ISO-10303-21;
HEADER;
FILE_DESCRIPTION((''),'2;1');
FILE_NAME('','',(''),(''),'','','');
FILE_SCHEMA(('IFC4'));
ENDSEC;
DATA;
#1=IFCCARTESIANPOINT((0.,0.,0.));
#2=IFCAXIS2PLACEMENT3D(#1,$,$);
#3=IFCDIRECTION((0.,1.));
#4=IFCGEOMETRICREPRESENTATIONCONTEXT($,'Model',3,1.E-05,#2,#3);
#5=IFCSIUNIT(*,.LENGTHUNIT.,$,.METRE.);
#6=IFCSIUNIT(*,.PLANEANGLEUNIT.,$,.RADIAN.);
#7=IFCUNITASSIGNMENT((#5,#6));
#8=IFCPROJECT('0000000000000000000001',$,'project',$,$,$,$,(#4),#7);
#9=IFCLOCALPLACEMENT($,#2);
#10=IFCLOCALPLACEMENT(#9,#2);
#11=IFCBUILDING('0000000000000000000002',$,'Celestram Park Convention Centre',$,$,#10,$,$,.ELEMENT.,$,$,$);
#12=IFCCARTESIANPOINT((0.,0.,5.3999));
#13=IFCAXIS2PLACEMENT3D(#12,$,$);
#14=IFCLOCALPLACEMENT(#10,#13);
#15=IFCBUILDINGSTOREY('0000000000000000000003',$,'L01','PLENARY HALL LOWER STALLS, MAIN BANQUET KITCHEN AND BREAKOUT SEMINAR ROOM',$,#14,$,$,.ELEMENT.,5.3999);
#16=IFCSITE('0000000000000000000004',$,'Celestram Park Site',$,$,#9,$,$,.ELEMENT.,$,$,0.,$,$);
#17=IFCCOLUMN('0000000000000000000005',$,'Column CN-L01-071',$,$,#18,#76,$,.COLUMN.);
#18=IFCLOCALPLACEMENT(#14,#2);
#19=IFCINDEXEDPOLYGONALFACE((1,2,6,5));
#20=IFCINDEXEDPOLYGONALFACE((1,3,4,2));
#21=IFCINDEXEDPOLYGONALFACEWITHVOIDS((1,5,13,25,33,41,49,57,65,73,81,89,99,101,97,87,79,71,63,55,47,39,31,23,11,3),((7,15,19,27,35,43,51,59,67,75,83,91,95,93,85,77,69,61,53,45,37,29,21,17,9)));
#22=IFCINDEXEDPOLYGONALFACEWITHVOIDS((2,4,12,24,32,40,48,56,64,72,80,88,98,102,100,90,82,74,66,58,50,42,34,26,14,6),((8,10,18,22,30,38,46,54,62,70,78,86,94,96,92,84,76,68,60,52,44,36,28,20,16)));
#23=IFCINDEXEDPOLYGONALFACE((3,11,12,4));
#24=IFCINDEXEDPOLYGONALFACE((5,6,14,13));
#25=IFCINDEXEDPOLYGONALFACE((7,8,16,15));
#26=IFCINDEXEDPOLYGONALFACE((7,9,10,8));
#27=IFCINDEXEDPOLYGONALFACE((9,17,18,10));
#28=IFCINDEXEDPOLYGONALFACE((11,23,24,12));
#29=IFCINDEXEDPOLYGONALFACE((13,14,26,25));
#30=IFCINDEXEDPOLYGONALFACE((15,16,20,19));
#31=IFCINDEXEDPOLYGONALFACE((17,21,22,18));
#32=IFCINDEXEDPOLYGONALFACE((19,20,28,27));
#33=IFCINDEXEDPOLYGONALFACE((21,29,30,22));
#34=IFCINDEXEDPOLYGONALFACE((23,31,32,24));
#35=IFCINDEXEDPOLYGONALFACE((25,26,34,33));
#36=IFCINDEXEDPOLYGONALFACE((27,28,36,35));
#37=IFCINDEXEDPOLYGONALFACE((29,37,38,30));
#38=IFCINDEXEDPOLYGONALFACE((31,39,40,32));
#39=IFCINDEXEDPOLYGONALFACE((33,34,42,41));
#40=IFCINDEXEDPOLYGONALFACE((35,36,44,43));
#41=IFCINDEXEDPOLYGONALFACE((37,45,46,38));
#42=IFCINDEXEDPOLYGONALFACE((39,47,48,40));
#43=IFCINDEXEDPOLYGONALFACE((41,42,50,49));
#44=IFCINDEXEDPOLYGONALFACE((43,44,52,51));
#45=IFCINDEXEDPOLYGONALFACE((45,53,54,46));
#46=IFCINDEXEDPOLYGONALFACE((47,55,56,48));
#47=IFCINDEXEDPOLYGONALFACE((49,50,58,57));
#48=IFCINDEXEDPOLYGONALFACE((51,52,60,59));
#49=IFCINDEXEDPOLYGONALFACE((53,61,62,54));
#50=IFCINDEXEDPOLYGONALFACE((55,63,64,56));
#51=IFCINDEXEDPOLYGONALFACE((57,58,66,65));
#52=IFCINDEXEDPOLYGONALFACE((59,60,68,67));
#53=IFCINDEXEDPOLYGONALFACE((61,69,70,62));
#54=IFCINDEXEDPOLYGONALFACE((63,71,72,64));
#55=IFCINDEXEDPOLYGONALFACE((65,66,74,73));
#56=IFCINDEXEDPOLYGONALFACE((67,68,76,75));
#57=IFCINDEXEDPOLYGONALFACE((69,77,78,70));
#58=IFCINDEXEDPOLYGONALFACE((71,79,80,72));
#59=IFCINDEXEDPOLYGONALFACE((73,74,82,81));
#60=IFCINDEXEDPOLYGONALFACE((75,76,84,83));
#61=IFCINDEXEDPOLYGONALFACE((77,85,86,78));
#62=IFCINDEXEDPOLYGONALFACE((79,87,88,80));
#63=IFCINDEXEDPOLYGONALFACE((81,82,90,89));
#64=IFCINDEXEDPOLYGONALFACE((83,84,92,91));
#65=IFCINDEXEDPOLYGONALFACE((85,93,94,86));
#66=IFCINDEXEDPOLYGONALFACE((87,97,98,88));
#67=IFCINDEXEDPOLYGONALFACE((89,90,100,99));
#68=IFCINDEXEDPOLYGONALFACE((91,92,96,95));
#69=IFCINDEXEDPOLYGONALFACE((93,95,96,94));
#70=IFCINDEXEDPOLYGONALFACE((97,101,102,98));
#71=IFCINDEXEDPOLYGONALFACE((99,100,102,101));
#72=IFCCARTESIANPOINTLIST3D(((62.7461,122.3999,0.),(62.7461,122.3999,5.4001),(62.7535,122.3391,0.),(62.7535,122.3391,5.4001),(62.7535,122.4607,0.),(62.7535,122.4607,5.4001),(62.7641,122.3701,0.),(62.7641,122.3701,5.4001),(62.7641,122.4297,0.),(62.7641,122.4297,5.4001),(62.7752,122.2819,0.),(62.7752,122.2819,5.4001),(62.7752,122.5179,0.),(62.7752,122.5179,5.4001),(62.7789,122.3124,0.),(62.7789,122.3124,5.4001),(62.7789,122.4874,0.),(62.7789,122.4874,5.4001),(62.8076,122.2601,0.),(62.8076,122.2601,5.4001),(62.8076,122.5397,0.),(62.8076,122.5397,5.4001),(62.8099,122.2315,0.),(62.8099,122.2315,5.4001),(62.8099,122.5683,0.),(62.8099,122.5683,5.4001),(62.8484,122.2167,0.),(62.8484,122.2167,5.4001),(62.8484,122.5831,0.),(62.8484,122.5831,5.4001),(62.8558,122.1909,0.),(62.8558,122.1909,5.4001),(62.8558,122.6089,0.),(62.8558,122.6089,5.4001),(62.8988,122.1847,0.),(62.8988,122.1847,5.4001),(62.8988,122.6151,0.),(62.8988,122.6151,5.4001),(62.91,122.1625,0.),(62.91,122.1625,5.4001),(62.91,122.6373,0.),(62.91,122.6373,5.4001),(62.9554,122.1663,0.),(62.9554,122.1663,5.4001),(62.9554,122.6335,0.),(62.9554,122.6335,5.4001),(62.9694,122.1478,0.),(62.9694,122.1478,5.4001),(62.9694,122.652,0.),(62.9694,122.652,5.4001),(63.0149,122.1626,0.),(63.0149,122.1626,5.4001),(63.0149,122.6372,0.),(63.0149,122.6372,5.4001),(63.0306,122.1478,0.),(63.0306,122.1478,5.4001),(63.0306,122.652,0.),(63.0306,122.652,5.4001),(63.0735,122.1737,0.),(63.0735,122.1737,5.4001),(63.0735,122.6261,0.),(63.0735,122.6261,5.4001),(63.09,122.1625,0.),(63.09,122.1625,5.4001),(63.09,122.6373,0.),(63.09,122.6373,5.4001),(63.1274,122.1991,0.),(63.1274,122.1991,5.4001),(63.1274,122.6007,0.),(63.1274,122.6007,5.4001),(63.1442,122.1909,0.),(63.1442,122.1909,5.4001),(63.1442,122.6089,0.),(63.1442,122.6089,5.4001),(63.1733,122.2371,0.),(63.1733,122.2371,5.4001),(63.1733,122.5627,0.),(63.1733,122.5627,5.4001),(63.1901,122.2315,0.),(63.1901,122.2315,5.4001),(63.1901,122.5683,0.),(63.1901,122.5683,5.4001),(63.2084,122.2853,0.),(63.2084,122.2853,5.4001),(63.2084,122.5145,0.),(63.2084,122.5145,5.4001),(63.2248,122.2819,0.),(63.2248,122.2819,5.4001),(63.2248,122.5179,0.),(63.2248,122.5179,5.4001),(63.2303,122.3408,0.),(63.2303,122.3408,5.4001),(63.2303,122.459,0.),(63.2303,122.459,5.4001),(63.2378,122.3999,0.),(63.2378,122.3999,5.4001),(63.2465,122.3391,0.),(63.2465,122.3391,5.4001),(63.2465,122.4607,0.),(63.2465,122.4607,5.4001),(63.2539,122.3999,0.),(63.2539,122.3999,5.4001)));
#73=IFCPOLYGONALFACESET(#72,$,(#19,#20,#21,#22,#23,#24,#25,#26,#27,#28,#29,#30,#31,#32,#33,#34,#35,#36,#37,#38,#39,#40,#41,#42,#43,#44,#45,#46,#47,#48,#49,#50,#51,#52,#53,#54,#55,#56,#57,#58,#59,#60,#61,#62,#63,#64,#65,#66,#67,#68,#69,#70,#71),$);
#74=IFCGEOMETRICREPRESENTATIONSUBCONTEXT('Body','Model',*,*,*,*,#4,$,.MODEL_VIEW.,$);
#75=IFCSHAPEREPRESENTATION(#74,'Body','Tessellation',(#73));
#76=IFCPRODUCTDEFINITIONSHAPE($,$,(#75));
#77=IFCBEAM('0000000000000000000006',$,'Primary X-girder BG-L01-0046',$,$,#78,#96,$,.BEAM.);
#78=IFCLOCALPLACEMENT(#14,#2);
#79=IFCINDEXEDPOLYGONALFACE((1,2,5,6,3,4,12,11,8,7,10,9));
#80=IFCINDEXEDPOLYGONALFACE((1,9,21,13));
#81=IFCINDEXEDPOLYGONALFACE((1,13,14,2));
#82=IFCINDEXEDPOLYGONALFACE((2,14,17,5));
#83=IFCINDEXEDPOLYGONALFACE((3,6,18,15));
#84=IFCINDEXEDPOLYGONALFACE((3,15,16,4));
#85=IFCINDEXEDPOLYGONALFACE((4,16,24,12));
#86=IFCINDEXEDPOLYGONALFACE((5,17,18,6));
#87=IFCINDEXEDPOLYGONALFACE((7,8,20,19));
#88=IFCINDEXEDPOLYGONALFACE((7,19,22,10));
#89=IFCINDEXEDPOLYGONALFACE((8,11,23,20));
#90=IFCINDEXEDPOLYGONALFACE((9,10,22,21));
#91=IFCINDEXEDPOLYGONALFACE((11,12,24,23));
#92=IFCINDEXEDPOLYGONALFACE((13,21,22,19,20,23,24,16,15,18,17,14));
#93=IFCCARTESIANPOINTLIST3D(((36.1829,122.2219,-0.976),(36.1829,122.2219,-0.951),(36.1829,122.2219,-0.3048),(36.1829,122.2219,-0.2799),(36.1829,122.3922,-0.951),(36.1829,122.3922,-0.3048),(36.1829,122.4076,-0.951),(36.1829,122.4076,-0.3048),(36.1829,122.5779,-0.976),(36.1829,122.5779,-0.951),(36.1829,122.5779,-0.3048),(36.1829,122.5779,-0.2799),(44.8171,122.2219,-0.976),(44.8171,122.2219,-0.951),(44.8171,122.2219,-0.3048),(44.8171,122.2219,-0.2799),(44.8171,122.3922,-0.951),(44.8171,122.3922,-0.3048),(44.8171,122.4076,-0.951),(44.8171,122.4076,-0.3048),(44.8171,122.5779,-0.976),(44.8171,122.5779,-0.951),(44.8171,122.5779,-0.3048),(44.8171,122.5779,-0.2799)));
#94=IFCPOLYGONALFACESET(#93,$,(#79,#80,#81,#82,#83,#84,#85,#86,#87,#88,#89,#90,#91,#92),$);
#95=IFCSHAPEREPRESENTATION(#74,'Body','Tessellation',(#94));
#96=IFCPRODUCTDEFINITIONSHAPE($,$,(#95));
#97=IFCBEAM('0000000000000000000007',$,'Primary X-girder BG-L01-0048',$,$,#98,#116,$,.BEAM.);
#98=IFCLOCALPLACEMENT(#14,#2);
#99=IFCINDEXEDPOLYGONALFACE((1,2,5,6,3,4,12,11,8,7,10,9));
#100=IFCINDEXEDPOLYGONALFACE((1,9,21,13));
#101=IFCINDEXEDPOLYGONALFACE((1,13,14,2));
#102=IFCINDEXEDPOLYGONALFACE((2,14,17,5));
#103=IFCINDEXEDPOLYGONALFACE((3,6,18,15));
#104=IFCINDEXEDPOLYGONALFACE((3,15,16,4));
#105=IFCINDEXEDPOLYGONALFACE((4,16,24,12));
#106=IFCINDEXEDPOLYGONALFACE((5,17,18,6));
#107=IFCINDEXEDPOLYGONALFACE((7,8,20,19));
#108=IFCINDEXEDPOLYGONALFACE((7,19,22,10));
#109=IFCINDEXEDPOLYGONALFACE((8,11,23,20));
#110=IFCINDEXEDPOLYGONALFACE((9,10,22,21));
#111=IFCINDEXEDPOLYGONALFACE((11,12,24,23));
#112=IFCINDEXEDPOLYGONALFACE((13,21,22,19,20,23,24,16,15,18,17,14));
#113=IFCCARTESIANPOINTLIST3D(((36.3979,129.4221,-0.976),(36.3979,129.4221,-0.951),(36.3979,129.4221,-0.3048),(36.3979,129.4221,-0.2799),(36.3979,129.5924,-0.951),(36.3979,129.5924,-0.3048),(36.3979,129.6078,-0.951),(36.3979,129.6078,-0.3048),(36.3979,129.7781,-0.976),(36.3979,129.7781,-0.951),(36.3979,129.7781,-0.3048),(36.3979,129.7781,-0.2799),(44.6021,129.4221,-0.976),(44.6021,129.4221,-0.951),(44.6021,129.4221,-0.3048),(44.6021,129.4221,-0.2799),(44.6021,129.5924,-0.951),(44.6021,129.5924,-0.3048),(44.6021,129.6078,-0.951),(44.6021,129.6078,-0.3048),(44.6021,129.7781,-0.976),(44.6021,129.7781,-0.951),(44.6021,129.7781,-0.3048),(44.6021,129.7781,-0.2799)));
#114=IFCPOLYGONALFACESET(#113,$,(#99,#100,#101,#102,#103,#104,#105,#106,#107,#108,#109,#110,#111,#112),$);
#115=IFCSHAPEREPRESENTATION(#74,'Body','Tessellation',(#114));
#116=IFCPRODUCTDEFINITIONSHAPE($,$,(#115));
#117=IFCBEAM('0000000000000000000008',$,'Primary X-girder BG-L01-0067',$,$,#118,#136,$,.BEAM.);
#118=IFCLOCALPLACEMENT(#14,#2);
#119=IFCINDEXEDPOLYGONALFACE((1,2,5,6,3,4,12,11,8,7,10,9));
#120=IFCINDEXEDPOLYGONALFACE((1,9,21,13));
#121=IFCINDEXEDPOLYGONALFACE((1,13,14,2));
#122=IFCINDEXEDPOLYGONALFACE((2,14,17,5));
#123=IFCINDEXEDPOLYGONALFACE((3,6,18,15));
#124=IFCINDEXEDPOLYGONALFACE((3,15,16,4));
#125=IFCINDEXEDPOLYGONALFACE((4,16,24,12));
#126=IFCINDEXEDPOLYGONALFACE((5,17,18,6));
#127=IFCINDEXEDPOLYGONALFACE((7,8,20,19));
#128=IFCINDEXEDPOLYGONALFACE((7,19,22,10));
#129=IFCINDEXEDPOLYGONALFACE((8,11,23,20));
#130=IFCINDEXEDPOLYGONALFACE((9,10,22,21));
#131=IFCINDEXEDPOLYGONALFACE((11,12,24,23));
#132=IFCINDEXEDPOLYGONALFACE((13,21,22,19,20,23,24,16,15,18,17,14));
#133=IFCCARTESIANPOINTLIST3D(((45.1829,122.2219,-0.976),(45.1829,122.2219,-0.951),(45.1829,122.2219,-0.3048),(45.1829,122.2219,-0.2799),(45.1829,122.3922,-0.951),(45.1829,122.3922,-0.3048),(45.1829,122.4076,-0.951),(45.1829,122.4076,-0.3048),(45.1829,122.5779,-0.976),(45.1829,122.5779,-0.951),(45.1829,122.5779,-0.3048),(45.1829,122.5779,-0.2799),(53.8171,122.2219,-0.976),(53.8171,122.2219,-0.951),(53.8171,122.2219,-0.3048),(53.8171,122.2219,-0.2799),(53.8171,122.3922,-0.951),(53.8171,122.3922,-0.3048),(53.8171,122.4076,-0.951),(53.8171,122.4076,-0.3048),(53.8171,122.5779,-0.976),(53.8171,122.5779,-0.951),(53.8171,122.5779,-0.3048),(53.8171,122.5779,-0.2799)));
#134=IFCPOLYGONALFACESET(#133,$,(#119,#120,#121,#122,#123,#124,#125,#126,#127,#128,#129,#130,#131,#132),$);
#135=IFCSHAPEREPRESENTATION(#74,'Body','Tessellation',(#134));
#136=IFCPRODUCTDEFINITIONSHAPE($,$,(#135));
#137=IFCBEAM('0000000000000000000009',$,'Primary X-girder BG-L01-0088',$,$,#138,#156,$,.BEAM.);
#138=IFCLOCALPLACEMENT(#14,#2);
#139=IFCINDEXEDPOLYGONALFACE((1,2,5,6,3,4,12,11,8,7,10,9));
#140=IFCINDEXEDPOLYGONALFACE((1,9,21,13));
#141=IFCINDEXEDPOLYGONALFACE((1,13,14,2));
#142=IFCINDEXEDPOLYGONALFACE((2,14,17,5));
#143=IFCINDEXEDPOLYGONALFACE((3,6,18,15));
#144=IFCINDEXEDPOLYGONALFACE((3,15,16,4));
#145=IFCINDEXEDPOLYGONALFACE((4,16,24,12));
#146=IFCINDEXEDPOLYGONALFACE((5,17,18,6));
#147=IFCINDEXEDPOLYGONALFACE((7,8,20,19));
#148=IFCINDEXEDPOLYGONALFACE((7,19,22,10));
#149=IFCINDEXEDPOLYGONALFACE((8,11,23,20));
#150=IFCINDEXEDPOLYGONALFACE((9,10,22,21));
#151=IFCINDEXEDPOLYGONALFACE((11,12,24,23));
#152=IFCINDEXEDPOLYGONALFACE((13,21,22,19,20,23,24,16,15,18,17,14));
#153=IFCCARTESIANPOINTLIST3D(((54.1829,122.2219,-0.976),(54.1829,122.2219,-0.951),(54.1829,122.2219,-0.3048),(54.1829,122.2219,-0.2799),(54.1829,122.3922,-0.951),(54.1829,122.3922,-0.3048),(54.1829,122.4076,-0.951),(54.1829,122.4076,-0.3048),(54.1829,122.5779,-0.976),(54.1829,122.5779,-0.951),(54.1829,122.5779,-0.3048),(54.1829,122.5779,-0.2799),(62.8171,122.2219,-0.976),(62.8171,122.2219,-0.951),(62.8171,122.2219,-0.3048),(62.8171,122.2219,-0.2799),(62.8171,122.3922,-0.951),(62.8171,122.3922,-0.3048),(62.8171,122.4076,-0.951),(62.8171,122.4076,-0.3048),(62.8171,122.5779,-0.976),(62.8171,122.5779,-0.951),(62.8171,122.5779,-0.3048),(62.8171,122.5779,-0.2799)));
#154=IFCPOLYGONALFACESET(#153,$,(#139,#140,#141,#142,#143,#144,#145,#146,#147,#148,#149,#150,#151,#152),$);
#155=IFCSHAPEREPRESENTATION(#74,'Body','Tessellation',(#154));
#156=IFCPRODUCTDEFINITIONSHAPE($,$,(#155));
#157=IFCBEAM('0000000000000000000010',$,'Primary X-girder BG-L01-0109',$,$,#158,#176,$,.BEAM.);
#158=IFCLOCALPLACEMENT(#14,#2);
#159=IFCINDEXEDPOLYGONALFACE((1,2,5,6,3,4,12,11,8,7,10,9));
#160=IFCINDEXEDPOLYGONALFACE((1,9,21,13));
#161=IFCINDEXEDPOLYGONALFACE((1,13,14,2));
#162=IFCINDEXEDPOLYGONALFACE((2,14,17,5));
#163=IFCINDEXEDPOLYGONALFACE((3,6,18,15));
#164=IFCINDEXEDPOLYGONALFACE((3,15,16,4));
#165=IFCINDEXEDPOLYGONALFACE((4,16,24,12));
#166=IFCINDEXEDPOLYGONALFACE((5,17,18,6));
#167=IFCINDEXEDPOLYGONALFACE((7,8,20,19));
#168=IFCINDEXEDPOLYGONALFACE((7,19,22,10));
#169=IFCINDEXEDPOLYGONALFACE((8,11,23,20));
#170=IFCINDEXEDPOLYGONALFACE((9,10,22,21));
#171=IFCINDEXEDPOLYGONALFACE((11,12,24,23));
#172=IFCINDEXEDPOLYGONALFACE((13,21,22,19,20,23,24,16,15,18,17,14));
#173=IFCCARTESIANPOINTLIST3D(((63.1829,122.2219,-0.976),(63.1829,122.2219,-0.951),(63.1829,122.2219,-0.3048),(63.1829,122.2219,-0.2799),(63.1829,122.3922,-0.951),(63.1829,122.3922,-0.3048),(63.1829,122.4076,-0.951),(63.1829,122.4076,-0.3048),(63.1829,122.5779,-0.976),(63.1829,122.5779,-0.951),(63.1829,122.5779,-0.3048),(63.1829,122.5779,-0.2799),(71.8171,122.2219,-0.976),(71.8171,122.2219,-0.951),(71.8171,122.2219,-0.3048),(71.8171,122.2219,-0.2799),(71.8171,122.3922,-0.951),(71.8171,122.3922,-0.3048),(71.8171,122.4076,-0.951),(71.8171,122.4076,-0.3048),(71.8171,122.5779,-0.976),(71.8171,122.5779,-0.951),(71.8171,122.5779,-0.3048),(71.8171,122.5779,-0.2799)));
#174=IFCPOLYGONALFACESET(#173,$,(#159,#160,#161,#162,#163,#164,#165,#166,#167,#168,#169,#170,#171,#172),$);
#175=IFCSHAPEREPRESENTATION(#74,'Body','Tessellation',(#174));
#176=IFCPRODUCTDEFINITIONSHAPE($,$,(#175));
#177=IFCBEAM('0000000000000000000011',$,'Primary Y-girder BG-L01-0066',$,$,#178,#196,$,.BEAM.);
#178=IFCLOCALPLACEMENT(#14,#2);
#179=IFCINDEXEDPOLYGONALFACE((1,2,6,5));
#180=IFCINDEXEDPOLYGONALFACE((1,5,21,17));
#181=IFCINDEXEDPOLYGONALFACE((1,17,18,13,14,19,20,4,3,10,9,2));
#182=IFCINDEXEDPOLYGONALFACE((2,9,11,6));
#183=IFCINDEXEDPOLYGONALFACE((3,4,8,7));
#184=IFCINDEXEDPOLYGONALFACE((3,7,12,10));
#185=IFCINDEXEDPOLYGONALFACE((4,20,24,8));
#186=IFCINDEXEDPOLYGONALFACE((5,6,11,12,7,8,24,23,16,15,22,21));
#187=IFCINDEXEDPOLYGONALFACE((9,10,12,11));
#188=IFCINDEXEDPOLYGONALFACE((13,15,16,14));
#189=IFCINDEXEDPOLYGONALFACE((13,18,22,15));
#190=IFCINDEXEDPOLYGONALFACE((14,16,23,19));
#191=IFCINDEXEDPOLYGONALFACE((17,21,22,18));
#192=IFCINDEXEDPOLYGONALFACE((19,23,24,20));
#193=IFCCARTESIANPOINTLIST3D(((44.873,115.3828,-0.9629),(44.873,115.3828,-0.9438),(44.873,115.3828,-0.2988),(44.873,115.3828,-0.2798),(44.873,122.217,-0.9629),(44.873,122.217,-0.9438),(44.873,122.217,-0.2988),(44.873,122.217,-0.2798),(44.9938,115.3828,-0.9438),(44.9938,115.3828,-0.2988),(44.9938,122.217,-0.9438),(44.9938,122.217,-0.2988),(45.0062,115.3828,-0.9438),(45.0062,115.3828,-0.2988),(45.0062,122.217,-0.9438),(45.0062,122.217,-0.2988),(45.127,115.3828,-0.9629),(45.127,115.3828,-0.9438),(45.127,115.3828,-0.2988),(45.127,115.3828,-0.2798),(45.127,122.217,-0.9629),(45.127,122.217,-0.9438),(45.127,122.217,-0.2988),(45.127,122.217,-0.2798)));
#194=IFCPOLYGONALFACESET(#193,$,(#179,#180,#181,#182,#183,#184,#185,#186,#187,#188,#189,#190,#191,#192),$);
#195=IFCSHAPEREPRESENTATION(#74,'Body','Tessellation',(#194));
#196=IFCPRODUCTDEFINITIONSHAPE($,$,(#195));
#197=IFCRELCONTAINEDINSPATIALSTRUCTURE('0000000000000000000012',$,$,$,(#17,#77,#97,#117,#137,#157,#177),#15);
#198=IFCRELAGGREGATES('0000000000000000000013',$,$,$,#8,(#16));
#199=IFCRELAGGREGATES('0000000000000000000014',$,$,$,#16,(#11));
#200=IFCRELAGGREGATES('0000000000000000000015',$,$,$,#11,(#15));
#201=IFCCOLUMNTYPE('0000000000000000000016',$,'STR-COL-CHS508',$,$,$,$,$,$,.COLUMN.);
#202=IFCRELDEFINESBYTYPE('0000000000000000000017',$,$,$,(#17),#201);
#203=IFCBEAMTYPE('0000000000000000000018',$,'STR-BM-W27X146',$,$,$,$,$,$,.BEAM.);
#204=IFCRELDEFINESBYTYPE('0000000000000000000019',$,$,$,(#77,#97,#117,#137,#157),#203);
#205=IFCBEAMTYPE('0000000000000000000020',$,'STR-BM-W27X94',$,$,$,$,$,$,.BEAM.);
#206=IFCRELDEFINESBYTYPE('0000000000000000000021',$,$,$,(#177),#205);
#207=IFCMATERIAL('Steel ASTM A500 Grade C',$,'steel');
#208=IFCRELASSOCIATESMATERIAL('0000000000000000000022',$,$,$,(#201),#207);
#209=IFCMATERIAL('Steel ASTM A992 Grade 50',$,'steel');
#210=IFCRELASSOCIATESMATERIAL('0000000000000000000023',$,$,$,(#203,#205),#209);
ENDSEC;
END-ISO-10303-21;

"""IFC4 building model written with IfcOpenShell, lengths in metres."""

from ifc_helpers import new_model, si_unit, direction, frame, origin, origin_2d, place, context, subcontext, project, spatial, hollow_circle, i_section, extrude, material, material_profile, profile_set, type_object, element, save


model = new_model("IFC4")

# Units and contexts
model_context = context("Model", 3, precision=1e-05, world=origin(), true_north=direction((0.0, 1.0)))
body_context = subcontext(model_context, "Body", "Model", "MODEL_VIEW")
ifc_project = project(units=[si_unit("LENGTHUNIT", "METRE"), si_unit("PLANEANGLEUNIT", "RADIAN")], contexts=[model_context])

# Site, building, storey
site_placement = place(None, origin())
site = spatial("IfcSite", under=ifc_project, at=site_placement, Name="Celestram Park Site", CompositionType="ELEMENT", RefElevation=0.0)
building_placement = place(site_placement, origin())
building = spatial("IfcBuilding", under=site, at=building_placement, Name="Celestram Park Convention Centre", CompositionType="ELEMENT")
storey_placement = place(building_placement, frame((0.0, 0.0, 5.3999)))
storey = spatial("IfcBuildingStorey", under=building, at=storey_placement, Name="L01", Description="PLENARY HALL LOWER STALLS, MAIN BANQUET KITCHEN AND BREAKOUT SEMINAR ROOM", CompositionType="ELEMENT", Elevation=5.3999)

# Column
ifc_material_1 = material(Name="Steel ASTM A500 Grade C", Category="steel")
ifc_material_profile_1 = material_profile(ifc_material_1, hollow_circle(Radius=0.2539, WallThickness=0.0161, at=origin_2d()), Name="CHS508X16")
ifc_profile_set_1 = profile_set([ifc_material_profile_1], Name="Steel ASTM A500 Grade C")
column_type = type_object("IfcColumnType", Name="STR-COL-CHS508", PredefinedType="COLUMN", material=ifc_profile_set_1)
for number, where, z_axis, x_axis, name in (
    (1, (63.0, 122.3999, 0.0), (0.0, 0.0, 1.0), (1.0, 0.0, 0.0), "Column CN-L01-071"),
):
    element("IfcColumn", number, at=place(storey_placement, frame(where, z_axis=z_axis, x_axis=x_axis)), inside=storey, type_object=column_type, Name=name, PredefinedType="COLUMN", context=body_context, shape_type="SweptSolid", body=[
        extrude(hollow_circle(Radius=0.2539, WallThickness=0.0161, at=origin_2d()), origin(), (0.0, 0.0, 1.0), 5.4001),
    ])

# Beams
ifc_material_2 = material(Name="Steel ASTM A992 Grade 50", Category="steel")
ifc_material_profile_2 = material_profile(ifc_material_2, i_section(OverallWidth=0.356, OverallDepth=0.696, WebThickness=0.0154, FlangeThickness=0.0249, at=origin_2d()), Name="W27X146")
ifc_profile_set_2 = profile_set([ifc_material_profile_2], Name="Steel ASTM A992 Grade 50")
beam_type_1 = type_object("IfcBeamType", Name="STR-BM-W27X146", PredefinedType="BEAM", material=ifc_profile_set_2)
beam_1_placement = place(storey_placement, frame((36.1829, 122.3999, -0.6279), z_axis=(1.0, 0.0, 0.0), x_axis=(0.0, 1.0, 0.0)))
element("IfcBeam", 2, at=beam_1_placement, inside=storey, type_object=beam_type_1, Name="Primary X-girder BG-L01-0046", PredefinedType="BEAM", context=body_context, shape_type="SweptSolid", body=[
    extrude(i_section(OverallWidth=0.356, OverallDepth=0.696, WebThickness=0.0154, FlangeThickness=0.0249, at=origin_2d()), origin(), (0.0, 0.0, 1.0), 8.6343),
])
beam_2_placement = place(storey_placement, frame((36.3979, 129.6001, -0.6279), z_axis=(1.0, 0.0, 0.0), x_axis=(0.0, 1.0, 0.0)))
element("IfcBeam", 3, at=beam_2_placement, inside=storey, type_object=beam_type_1, Name="Primary X-girder BG-L01-0048", PredefinedType="BEAM", context=body_context, shape_type="SweptSolid", body=[
    extrude(i_section(OverallWidth=0.356, OverallDepth=0.696, WebThickness=0.0154, FlangeThickness=0.0249, at=origin_2d()), origin(), (0.0, 0.0, 1.0), 8.2041),
])
for number, where, z_axis, x_axis, name in (
    (4, (45.1829, 122.3999, -0.6279), (1.0, 0.0, 0.0), (0.0, 1.0, 0.0), "Primary X-girder BG-L01-0067"),
    (5, (54.1829, 122.3999, -0.6279), (1.0, 0.0, 0.0), (0.0, 1.0, 0.0), "Primary X-girder BG-L01-0088"),
    (6, (63.1829, 122.3999, -0.6279), (1.0, 0.0, 0.0), (0.0, 1.0, 0.0), "Primary X-girder BG-L01-0109"),
):
    element("IfcBeam", number, at=place(storey_placement, frame(where, z_axis=z_axis, x_axis=x_axis)), inside=storey, type_object=beam_type_1, Name=name, PredefinedType="BEAM", context=body_context, shape_type="SweptSolid", body=[
        extrude(i_section(OverallWidth=0.356, OverallDepth=0.696, WebThickness=0.0154, FlangeThickness=0.0249, at=origin_2d()), origin(), (0.0, 0.0, 1.0), 8.6343),
    ])
ifc_material_profile_3 = material_profile(ifc_material_2, i_section(OverallWidth=0.2539, OverallDepth=0.6831, WebThickness=0.0125, FlangeThickness=0.019, at=origin_2d()), Name="W27X94")
ifc_profile_set_3 = profile_set([ifc_material_profile_3], Name="Steel ASTM A992 Grade 50")
beam_type_2 = type_object("IfcBeamType", Name="STR-BM-W27X94", PredefinedType="BEAM", material=ifc_profile_set_3)
beam_3_placement = place(storey_placement, frame((45.0, 115.3828, -0.6213), z_axis=(0.0, 1.0, 0.0), x_axis=(-1.0, 0.0, 0.0)))
element("IfcBeam", 7, at=beam_3_placement, inside=storey, type_object=beam_type_2, Name="Primary Y-girder BG-L01-0066", PredefinedType="BEAM", context=body_context, shape_type="SweptSolid", body=[
    extrude(i_section(OverallWidth=0.2539, OverallDepth=0.6831, WebThickness=0.0125, FlangeThickness=0.019, at=origin_2d()), origin(), (0.0, 0.0, 1.0), 6.8342),
])

save(model, "model.ifc")
